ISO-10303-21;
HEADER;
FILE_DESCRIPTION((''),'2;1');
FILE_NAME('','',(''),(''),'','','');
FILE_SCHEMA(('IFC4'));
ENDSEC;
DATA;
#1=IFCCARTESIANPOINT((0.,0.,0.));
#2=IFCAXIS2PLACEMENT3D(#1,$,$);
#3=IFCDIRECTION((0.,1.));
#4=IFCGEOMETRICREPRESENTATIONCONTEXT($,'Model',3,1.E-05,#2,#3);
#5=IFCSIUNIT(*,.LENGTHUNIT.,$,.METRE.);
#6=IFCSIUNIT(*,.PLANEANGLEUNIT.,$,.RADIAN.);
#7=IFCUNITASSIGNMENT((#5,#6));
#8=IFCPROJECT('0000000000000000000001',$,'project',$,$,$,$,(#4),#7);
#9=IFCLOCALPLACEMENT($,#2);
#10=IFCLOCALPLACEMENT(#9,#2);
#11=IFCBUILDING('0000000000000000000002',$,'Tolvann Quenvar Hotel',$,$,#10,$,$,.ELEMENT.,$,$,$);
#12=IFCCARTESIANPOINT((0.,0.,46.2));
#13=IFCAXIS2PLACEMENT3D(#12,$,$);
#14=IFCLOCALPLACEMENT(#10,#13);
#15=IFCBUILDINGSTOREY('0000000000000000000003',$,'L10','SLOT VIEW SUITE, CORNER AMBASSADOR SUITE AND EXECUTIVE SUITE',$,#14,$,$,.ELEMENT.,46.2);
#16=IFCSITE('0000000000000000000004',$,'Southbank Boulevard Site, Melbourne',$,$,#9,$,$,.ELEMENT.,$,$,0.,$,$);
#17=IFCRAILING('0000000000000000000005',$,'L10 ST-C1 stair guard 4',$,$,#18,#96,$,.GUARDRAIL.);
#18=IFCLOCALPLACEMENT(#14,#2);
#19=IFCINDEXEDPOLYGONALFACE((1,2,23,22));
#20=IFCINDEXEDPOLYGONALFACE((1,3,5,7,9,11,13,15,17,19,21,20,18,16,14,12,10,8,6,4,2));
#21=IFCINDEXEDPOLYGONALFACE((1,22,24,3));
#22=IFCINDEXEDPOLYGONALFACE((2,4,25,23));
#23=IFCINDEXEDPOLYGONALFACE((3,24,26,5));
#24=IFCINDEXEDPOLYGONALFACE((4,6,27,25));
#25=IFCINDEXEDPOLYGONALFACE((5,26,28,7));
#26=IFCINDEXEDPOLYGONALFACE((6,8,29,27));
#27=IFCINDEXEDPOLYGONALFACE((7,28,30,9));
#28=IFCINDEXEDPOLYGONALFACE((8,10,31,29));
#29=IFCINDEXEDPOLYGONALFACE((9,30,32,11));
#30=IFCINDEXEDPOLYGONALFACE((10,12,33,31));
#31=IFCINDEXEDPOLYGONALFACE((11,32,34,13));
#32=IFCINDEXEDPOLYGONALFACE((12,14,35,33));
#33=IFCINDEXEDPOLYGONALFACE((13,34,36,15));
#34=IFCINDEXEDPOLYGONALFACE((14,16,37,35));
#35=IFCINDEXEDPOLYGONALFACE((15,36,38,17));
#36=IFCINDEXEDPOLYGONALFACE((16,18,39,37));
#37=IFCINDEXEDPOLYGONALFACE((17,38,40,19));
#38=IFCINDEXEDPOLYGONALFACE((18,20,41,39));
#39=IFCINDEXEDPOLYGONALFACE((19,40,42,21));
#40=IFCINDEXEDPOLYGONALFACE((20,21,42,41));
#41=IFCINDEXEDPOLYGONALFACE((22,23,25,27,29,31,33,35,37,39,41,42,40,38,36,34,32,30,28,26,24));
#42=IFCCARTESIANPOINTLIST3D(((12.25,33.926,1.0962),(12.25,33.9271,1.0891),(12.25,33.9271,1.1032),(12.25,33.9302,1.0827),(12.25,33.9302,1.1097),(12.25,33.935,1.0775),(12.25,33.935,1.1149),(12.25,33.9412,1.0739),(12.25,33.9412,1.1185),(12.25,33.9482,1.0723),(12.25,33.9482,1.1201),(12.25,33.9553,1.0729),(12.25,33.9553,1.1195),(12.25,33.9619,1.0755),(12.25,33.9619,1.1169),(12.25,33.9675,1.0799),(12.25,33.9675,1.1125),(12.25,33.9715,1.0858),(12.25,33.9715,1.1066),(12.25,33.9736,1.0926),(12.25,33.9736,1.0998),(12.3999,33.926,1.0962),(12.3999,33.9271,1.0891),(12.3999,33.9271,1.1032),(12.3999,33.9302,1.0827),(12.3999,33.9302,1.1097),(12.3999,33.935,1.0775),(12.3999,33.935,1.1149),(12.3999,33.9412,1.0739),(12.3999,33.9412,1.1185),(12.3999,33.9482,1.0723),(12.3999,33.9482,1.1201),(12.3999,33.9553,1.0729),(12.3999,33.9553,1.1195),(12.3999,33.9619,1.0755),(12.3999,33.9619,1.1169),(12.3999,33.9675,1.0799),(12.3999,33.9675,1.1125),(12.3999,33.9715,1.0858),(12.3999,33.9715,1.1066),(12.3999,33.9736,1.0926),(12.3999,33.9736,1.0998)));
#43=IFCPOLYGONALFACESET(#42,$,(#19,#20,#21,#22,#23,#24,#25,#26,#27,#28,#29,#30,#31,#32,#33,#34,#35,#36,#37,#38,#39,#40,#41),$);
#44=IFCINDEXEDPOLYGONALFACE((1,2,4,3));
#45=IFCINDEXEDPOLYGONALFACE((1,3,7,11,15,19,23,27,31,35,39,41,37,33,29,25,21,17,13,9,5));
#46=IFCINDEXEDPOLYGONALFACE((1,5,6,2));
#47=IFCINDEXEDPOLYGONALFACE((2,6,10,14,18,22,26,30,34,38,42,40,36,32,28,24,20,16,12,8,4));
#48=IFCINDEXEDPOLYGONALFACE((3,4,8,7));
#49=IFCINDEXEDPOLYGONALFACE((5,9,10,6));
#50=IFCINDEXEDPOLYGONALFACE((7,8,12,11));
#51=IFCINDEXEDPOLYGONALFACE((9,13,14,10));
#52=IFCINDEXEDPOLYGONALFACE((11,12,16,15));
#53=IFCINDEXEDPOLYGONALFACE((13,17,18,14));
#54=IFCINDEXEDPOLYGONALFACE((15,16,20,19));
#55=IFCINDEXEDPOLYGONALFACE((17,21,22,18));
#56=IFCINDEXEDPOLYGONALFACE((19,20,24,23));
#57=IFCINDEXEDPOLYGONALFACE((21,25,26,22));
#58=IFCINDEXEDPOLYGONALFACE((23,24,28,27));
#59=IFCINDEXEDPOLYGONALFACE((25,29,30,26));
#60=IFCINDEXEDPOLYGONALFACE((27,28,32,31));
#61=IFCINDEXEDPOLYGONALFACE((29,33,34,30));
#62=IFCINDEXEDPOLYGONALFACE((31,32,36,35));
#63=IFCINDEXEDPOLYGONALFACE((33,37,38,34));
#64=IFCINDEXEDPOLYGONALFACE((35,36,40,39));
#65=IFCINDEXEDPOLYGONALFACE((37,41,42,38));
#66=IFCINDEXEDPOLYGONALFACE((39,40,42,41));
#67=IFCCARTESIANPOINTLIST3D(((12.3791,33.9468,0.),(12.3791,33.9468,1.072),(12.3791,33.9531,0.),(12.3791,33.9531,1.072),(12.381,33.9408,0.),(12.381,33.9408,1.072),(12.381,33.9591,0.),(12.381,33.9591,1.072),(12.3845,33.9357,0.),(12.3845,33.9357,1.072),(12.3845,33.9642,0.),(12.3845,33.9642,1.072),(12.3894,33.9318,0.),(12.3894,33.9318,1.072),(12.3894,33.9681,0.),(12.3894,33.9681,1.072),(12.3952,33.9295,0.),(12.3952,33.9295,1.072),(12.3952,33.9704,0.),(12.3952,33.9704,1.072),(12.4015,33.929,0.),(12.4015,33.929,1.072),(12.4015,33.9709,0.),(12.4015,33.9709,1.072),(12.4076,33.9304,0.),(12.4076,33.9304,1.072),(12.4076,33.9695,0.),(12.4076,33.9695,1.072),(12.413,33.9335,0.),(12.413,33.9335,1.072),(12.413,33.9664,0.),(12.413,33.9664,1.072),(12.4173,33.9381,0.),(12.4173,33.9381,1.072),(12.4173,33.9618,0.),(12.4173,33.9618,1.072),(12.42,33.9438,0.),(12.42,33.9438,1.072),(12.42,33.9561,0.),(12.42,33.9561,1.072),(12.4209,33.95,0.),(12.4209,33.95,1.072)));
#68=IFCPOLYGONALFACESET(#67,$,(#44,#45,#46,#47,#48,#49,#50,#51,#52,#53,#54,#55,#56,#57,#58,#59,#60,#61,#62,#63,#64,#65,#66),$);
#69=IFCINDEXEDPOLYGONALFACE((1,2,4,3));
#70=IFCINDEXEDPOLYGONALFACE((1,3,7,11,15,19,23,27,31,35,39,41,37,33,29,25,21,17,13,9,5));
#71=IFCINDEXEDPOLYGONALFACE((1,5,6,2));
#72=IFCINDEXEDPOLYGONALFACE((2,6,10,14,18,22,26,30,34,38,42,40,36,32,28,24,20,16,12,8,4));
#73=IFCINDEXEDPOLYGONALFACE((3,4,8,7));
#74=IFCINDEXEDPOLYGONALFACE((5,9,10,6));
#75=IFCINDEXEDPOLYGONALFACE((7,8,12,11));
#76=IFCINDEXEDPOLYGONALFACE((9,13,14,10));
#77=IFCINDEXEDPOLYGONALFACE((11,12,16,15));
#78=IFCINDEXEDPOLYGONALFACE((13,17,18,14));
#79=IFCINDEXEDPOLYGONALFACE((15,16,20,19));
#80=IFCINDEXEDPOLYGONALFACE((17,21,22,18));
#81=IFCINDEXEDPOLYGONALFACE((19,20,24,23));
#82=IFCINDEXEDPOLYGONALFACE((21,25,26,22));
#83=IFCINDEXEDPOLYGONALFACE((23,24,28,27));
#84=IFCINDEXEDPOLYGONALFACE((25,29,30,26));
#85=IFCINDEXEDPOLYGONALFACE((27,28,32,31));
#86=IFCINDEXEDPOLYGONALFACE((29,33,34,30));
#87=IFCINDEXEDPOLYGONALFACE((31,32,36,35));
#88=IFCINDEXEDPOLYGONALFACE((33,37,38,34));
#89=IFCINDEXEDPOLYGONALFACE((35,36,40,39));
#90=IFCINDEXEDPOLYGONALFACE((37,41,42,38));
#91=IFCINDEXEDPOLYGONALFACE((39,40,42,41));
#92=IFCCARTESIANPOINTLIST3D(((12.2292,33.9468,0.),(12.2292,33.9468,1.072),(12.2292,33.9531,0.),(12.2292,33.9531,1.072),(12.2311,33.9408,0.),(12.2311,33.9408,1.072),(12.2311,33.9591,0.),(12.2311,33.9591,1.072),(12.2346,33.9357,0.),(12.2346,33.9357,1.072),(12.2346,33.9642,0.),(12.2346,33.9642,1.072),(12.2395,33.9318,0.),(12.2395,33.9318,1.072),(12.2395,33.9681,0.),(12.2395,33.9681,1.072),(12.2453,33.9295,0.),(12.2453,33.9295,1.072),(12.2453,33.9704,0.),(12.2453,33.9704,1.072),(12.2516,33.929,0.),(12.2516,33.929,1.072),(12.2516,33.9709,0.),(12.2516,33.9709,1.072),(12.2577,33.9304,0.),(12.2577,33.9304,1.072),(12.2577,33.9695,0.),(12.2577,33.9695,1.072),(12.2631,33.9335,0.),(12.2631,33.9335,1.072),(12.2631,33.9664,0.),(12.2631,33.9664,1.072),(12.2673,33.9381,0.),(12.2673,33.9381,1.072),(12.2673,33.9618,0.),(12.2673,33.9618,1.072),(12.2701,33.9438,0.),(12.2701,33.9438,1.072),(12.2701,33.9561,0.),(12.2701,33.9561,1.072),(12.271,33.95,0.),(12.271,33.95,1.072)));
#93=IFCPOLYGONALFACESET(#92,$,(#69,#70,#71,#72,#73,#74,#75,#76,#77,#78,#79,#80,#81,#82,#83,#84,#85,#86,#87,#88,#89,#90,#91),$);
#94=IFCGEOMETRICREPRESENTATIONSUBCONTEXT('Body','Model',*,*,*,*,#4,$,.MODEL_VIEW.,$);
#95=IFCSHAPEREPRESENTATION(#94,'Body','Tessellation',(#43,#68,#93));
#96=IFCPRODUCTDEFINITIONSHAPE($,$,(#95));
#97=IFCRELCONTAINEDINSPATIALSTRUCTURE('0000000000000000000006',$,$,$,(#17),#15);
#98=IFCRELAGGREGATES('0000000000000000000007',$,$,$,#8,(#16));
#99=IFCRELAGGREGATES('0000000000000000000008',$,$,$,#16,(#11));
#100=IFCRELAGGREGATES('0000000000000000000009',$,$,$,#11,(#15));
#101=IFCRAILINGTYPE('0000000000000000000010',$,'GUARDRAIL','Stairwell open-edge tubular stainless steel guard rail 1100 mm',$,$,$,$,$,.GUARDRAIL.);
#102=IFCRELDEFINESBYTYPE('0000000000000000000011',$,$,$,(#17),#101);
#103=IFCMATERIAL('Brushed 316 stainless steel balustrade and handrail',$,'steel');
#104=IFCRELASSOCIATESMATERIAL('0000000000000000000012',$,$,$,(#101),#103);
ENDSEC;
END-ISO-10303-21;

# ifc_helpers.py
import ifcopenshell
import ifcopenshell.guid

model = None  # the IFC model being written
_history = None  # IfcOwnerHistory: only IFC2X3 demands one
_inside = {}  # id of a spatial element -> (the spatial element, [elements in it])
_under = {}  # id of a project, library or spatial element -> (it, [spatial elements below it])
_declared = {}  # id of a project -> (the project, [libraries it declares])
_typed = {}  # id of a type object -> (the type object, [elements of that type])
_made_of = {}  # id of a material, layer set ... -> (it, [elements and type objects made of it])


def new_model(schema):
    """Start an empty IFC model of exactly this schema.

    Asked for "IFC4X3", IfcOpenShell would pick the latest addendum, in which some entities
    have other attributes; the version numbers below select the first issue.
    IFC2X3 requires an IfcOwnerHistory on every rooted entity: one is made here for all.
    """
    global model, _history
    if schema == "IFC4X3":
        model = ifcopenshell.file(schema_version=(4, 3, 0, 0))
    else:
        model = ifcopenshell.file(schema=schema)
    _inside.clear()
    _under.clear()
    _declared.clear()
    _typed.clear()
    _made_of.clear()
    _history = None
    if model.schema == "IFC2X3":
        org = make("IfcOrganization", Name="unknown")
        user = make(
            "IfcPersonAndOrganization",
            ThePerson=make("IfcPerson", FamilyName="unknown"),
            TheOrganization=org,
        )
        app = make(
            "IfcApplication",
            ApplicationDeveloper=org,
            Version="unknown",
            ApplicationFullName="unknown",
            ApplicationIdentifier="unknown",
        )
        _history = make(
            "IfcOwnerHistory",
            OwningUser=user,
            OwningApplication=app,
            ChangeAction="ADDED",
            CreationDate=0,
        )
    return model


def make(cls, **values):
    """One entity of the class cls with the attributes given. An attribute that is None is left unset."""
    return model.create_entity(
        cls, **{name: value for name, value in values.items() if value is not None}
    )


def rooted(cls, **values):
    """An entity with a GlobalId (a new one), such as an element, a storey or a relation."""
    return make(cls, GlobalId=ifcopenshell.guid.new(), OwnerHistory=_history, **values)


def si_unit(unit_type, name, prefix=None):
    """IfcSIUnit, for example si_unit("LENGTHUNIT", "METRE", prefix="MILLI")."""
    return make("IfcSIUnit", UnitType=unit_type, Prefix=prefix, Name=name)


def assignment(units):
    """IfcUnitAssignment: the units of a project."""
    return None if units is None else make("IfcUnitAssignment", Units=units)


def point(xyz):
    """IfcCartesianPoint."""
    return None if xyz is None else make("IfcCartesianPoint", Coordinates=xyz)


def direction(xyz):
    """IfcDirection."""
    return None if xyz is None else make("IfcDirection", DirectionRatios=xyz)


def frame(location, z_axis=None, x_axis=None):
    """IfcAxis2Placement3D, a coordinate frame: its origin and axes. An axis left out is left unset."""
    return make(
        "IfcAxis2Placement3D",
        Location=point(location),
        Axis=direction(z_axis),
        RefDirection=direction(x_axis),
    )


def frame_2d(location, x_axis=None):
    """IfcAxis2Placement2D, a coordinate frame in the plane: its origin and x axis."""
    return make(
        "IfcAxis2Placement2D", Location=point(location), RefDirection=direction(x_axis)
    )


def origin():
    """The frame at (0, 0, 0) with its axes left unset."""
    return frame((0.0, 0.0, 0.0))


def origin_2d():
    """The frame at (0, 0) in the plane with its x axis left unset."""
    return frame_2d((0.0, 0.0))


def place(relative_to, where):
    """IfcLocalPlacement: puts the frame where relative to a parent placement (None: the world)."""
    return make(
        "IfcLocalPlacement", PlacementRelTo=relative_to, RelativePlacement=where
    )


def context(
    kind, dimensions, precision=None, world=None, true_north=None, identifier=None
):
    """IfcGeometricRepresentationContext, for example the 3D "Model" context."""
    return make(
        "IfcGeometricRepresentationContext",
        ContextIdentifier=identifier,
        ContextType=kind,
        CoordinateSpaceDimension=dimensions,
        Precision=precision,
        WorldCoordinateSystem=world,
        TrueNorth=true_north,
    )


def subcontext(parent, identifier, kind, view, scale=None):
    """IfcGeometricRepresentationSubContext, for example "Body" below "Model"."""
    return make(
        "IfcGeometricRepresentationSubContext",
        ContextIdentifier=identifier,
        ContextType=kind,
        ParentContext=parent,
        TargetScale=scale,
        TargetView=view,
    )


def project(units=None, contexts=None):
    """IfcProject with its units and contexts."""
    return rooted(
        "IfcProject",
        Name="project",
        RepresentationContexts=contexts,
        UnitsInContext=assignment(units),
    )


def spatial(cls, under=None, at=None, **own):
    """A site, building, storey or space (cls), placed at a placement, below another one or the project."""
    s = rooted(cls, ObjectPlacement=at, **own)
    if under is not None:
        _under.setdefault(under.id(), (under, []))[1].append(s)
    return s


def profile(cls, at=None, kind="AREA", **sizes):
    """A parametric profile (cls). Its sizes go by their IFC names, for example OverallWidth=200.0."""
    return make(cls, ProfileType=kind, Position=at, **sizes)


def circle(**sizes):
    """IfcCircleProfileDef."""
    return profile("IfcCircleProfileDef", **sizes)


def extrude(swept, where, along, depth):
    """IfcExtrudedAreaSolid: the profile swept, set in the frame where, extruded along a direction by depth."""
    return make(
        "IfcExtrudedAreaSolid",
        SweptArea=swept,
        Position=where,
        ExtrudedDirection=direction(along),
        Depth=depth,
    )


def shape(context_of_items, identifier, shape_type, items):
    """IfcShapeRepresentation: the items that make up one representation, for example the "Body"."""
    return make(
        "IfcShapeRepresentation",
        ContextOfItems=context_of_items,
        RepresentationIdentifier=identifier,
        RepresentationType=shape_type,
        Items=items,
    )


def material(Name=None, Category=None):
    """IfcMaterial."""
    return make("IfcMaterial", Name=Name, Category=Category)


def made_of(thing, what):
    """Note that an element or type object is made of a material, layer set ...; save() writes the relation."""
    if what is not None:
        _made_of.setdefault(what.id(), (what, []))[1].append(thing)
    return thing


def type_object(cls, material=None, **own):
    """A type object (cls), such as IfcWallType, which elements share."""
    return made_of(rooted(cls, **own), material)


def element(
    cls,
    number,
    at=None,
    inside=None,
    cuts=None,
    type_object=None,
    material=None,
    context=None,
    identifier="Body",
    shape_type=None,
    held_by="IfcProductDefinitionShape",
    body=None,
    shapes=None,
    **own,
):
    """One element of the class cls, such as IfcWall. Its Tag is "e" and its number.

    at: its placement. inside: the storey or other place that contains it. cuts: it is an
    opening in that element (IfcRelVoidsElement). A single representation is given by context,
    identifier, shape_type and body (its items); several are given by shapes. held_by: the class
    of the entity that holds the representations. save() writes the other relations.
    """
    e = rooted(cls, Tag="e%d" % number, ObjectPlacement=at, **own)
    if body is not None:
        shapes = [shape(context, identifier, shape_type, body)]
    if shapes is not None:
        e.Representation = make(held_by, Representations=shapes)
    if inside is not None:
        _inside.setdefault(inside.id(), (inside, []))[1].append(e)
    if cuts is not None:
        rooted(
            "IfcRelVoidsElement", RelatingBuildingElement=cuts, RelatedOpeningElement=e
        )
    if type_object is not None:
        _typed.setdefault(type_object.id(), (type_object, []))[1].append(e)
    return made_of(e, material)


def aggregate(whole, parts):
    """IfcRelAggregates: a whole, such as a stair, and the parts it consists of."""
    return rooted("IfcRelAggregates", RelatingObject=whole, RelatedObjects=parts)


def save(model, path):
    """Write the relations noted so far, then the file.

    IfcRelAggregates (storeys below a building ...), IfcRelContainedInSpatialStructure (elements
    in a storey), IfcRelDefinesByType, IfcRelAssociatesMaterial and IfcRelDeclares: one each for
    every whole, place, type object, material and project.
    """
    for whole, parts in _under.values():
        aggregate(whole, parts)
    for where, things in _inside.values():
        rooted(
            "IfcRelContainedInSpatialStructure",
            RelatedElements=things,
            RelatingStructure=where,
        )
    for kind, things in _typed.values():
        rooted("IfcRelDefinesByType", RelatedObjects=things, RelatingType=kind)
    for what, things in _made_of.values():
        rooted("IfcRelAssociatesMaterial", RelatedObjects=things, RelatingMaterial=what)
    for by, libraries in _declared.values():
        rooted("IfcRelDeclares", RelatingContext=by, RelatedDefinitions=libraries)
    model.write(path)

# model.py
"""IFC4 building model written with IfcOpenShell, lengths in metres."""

from ifc_helpers import new_model, si_unit, direction, frame, origin, origin_2d, place, context, subcontext, project, spatial, circle, extrude, material, type_object, element, save


model = new_model("IFC4")

# Units and contexts
model_context = context("Model", 3, precision=1e-05, world=origin(), true_north=direction((0.0, 1.0)))
body_context = subcontext(model_context, "Body", "Model", "MODEL_VIEW")
ifc_project = project(units=[si_unit("LENGTHUNIT", "METRE"), si_unit("PLANEANGLEUNIT", "RADIAN")], contexts=[model_context])

# Site, building, storey
site_placement = place(None, origin())
site = spatial("IfcSite", under=ifc_project, at=site_placement, Name="Southbank Boulevard Site, Melbourne", CompositionType="ELEMENT", RefElevation=0.0)
building_placement = place(site_placement, origin())
building = spatial("IfcBuilding", under=site, at=building_placement, Name="Tolvann Quenvar Hotel", CompositionType="ELEMENT")
storey_placement = place(building_placement, frame((0.0, 0.0, 46.2)))
storey = spatial("IfcBuildingStorey", under=building, at=storey_placement, Name="L10", Description="SLOT VIEW SUITE, CORNER AMBASSADOR SUITE AND EXECUTIVE SUITE", CompositionType="ELEMENT", Elevation=46.2)

# Railing
ifc_material_1 = material(Name="Brushed 316 stainless steel balustrade and handrail", Category="steel")
railing_type_1 = type_object("IfcRailingType", Name="GUARDRAIL", Description="Stairwell open-edge tubular stainless steel guard rail 1100 mm", PredefinedType="GUARDRAIL", material=ifc_material_1)
railing_1_placement = place(storey_placement, frame((12.3999, 33.95, 0.0)))
element("IfcRailing", 1, at=railing_1_placement, inside=storey, type_object=railing_type_1, Name="L10 ST-C1 stair guard 4", PredefinedType="GUARDRAIL", context=body_context, shape_type="SweptSolid", body=[
    extrude(circle(Radius=0.0239, at=origin_2d()), frame((0.0, 0.0, 1.0962), z_axis=(-1.0, 0.0, 0.0), x_axis=(0.0, -1.0, 0.0)), (0.0, 0.0, 1.0), 0.1499),
    extrude(circle(Radius=0.021, at=origin_2d()), origin(), (0.0, 0.0, 1.0), 1.072),
    extrude(circle(Radius=0.021, at=origin_2d()), frame((-0.1499, 0.0, 0.0)), (0.0, 0.0, 1.0), 1.072),
])

save(model, "model.ifc")
